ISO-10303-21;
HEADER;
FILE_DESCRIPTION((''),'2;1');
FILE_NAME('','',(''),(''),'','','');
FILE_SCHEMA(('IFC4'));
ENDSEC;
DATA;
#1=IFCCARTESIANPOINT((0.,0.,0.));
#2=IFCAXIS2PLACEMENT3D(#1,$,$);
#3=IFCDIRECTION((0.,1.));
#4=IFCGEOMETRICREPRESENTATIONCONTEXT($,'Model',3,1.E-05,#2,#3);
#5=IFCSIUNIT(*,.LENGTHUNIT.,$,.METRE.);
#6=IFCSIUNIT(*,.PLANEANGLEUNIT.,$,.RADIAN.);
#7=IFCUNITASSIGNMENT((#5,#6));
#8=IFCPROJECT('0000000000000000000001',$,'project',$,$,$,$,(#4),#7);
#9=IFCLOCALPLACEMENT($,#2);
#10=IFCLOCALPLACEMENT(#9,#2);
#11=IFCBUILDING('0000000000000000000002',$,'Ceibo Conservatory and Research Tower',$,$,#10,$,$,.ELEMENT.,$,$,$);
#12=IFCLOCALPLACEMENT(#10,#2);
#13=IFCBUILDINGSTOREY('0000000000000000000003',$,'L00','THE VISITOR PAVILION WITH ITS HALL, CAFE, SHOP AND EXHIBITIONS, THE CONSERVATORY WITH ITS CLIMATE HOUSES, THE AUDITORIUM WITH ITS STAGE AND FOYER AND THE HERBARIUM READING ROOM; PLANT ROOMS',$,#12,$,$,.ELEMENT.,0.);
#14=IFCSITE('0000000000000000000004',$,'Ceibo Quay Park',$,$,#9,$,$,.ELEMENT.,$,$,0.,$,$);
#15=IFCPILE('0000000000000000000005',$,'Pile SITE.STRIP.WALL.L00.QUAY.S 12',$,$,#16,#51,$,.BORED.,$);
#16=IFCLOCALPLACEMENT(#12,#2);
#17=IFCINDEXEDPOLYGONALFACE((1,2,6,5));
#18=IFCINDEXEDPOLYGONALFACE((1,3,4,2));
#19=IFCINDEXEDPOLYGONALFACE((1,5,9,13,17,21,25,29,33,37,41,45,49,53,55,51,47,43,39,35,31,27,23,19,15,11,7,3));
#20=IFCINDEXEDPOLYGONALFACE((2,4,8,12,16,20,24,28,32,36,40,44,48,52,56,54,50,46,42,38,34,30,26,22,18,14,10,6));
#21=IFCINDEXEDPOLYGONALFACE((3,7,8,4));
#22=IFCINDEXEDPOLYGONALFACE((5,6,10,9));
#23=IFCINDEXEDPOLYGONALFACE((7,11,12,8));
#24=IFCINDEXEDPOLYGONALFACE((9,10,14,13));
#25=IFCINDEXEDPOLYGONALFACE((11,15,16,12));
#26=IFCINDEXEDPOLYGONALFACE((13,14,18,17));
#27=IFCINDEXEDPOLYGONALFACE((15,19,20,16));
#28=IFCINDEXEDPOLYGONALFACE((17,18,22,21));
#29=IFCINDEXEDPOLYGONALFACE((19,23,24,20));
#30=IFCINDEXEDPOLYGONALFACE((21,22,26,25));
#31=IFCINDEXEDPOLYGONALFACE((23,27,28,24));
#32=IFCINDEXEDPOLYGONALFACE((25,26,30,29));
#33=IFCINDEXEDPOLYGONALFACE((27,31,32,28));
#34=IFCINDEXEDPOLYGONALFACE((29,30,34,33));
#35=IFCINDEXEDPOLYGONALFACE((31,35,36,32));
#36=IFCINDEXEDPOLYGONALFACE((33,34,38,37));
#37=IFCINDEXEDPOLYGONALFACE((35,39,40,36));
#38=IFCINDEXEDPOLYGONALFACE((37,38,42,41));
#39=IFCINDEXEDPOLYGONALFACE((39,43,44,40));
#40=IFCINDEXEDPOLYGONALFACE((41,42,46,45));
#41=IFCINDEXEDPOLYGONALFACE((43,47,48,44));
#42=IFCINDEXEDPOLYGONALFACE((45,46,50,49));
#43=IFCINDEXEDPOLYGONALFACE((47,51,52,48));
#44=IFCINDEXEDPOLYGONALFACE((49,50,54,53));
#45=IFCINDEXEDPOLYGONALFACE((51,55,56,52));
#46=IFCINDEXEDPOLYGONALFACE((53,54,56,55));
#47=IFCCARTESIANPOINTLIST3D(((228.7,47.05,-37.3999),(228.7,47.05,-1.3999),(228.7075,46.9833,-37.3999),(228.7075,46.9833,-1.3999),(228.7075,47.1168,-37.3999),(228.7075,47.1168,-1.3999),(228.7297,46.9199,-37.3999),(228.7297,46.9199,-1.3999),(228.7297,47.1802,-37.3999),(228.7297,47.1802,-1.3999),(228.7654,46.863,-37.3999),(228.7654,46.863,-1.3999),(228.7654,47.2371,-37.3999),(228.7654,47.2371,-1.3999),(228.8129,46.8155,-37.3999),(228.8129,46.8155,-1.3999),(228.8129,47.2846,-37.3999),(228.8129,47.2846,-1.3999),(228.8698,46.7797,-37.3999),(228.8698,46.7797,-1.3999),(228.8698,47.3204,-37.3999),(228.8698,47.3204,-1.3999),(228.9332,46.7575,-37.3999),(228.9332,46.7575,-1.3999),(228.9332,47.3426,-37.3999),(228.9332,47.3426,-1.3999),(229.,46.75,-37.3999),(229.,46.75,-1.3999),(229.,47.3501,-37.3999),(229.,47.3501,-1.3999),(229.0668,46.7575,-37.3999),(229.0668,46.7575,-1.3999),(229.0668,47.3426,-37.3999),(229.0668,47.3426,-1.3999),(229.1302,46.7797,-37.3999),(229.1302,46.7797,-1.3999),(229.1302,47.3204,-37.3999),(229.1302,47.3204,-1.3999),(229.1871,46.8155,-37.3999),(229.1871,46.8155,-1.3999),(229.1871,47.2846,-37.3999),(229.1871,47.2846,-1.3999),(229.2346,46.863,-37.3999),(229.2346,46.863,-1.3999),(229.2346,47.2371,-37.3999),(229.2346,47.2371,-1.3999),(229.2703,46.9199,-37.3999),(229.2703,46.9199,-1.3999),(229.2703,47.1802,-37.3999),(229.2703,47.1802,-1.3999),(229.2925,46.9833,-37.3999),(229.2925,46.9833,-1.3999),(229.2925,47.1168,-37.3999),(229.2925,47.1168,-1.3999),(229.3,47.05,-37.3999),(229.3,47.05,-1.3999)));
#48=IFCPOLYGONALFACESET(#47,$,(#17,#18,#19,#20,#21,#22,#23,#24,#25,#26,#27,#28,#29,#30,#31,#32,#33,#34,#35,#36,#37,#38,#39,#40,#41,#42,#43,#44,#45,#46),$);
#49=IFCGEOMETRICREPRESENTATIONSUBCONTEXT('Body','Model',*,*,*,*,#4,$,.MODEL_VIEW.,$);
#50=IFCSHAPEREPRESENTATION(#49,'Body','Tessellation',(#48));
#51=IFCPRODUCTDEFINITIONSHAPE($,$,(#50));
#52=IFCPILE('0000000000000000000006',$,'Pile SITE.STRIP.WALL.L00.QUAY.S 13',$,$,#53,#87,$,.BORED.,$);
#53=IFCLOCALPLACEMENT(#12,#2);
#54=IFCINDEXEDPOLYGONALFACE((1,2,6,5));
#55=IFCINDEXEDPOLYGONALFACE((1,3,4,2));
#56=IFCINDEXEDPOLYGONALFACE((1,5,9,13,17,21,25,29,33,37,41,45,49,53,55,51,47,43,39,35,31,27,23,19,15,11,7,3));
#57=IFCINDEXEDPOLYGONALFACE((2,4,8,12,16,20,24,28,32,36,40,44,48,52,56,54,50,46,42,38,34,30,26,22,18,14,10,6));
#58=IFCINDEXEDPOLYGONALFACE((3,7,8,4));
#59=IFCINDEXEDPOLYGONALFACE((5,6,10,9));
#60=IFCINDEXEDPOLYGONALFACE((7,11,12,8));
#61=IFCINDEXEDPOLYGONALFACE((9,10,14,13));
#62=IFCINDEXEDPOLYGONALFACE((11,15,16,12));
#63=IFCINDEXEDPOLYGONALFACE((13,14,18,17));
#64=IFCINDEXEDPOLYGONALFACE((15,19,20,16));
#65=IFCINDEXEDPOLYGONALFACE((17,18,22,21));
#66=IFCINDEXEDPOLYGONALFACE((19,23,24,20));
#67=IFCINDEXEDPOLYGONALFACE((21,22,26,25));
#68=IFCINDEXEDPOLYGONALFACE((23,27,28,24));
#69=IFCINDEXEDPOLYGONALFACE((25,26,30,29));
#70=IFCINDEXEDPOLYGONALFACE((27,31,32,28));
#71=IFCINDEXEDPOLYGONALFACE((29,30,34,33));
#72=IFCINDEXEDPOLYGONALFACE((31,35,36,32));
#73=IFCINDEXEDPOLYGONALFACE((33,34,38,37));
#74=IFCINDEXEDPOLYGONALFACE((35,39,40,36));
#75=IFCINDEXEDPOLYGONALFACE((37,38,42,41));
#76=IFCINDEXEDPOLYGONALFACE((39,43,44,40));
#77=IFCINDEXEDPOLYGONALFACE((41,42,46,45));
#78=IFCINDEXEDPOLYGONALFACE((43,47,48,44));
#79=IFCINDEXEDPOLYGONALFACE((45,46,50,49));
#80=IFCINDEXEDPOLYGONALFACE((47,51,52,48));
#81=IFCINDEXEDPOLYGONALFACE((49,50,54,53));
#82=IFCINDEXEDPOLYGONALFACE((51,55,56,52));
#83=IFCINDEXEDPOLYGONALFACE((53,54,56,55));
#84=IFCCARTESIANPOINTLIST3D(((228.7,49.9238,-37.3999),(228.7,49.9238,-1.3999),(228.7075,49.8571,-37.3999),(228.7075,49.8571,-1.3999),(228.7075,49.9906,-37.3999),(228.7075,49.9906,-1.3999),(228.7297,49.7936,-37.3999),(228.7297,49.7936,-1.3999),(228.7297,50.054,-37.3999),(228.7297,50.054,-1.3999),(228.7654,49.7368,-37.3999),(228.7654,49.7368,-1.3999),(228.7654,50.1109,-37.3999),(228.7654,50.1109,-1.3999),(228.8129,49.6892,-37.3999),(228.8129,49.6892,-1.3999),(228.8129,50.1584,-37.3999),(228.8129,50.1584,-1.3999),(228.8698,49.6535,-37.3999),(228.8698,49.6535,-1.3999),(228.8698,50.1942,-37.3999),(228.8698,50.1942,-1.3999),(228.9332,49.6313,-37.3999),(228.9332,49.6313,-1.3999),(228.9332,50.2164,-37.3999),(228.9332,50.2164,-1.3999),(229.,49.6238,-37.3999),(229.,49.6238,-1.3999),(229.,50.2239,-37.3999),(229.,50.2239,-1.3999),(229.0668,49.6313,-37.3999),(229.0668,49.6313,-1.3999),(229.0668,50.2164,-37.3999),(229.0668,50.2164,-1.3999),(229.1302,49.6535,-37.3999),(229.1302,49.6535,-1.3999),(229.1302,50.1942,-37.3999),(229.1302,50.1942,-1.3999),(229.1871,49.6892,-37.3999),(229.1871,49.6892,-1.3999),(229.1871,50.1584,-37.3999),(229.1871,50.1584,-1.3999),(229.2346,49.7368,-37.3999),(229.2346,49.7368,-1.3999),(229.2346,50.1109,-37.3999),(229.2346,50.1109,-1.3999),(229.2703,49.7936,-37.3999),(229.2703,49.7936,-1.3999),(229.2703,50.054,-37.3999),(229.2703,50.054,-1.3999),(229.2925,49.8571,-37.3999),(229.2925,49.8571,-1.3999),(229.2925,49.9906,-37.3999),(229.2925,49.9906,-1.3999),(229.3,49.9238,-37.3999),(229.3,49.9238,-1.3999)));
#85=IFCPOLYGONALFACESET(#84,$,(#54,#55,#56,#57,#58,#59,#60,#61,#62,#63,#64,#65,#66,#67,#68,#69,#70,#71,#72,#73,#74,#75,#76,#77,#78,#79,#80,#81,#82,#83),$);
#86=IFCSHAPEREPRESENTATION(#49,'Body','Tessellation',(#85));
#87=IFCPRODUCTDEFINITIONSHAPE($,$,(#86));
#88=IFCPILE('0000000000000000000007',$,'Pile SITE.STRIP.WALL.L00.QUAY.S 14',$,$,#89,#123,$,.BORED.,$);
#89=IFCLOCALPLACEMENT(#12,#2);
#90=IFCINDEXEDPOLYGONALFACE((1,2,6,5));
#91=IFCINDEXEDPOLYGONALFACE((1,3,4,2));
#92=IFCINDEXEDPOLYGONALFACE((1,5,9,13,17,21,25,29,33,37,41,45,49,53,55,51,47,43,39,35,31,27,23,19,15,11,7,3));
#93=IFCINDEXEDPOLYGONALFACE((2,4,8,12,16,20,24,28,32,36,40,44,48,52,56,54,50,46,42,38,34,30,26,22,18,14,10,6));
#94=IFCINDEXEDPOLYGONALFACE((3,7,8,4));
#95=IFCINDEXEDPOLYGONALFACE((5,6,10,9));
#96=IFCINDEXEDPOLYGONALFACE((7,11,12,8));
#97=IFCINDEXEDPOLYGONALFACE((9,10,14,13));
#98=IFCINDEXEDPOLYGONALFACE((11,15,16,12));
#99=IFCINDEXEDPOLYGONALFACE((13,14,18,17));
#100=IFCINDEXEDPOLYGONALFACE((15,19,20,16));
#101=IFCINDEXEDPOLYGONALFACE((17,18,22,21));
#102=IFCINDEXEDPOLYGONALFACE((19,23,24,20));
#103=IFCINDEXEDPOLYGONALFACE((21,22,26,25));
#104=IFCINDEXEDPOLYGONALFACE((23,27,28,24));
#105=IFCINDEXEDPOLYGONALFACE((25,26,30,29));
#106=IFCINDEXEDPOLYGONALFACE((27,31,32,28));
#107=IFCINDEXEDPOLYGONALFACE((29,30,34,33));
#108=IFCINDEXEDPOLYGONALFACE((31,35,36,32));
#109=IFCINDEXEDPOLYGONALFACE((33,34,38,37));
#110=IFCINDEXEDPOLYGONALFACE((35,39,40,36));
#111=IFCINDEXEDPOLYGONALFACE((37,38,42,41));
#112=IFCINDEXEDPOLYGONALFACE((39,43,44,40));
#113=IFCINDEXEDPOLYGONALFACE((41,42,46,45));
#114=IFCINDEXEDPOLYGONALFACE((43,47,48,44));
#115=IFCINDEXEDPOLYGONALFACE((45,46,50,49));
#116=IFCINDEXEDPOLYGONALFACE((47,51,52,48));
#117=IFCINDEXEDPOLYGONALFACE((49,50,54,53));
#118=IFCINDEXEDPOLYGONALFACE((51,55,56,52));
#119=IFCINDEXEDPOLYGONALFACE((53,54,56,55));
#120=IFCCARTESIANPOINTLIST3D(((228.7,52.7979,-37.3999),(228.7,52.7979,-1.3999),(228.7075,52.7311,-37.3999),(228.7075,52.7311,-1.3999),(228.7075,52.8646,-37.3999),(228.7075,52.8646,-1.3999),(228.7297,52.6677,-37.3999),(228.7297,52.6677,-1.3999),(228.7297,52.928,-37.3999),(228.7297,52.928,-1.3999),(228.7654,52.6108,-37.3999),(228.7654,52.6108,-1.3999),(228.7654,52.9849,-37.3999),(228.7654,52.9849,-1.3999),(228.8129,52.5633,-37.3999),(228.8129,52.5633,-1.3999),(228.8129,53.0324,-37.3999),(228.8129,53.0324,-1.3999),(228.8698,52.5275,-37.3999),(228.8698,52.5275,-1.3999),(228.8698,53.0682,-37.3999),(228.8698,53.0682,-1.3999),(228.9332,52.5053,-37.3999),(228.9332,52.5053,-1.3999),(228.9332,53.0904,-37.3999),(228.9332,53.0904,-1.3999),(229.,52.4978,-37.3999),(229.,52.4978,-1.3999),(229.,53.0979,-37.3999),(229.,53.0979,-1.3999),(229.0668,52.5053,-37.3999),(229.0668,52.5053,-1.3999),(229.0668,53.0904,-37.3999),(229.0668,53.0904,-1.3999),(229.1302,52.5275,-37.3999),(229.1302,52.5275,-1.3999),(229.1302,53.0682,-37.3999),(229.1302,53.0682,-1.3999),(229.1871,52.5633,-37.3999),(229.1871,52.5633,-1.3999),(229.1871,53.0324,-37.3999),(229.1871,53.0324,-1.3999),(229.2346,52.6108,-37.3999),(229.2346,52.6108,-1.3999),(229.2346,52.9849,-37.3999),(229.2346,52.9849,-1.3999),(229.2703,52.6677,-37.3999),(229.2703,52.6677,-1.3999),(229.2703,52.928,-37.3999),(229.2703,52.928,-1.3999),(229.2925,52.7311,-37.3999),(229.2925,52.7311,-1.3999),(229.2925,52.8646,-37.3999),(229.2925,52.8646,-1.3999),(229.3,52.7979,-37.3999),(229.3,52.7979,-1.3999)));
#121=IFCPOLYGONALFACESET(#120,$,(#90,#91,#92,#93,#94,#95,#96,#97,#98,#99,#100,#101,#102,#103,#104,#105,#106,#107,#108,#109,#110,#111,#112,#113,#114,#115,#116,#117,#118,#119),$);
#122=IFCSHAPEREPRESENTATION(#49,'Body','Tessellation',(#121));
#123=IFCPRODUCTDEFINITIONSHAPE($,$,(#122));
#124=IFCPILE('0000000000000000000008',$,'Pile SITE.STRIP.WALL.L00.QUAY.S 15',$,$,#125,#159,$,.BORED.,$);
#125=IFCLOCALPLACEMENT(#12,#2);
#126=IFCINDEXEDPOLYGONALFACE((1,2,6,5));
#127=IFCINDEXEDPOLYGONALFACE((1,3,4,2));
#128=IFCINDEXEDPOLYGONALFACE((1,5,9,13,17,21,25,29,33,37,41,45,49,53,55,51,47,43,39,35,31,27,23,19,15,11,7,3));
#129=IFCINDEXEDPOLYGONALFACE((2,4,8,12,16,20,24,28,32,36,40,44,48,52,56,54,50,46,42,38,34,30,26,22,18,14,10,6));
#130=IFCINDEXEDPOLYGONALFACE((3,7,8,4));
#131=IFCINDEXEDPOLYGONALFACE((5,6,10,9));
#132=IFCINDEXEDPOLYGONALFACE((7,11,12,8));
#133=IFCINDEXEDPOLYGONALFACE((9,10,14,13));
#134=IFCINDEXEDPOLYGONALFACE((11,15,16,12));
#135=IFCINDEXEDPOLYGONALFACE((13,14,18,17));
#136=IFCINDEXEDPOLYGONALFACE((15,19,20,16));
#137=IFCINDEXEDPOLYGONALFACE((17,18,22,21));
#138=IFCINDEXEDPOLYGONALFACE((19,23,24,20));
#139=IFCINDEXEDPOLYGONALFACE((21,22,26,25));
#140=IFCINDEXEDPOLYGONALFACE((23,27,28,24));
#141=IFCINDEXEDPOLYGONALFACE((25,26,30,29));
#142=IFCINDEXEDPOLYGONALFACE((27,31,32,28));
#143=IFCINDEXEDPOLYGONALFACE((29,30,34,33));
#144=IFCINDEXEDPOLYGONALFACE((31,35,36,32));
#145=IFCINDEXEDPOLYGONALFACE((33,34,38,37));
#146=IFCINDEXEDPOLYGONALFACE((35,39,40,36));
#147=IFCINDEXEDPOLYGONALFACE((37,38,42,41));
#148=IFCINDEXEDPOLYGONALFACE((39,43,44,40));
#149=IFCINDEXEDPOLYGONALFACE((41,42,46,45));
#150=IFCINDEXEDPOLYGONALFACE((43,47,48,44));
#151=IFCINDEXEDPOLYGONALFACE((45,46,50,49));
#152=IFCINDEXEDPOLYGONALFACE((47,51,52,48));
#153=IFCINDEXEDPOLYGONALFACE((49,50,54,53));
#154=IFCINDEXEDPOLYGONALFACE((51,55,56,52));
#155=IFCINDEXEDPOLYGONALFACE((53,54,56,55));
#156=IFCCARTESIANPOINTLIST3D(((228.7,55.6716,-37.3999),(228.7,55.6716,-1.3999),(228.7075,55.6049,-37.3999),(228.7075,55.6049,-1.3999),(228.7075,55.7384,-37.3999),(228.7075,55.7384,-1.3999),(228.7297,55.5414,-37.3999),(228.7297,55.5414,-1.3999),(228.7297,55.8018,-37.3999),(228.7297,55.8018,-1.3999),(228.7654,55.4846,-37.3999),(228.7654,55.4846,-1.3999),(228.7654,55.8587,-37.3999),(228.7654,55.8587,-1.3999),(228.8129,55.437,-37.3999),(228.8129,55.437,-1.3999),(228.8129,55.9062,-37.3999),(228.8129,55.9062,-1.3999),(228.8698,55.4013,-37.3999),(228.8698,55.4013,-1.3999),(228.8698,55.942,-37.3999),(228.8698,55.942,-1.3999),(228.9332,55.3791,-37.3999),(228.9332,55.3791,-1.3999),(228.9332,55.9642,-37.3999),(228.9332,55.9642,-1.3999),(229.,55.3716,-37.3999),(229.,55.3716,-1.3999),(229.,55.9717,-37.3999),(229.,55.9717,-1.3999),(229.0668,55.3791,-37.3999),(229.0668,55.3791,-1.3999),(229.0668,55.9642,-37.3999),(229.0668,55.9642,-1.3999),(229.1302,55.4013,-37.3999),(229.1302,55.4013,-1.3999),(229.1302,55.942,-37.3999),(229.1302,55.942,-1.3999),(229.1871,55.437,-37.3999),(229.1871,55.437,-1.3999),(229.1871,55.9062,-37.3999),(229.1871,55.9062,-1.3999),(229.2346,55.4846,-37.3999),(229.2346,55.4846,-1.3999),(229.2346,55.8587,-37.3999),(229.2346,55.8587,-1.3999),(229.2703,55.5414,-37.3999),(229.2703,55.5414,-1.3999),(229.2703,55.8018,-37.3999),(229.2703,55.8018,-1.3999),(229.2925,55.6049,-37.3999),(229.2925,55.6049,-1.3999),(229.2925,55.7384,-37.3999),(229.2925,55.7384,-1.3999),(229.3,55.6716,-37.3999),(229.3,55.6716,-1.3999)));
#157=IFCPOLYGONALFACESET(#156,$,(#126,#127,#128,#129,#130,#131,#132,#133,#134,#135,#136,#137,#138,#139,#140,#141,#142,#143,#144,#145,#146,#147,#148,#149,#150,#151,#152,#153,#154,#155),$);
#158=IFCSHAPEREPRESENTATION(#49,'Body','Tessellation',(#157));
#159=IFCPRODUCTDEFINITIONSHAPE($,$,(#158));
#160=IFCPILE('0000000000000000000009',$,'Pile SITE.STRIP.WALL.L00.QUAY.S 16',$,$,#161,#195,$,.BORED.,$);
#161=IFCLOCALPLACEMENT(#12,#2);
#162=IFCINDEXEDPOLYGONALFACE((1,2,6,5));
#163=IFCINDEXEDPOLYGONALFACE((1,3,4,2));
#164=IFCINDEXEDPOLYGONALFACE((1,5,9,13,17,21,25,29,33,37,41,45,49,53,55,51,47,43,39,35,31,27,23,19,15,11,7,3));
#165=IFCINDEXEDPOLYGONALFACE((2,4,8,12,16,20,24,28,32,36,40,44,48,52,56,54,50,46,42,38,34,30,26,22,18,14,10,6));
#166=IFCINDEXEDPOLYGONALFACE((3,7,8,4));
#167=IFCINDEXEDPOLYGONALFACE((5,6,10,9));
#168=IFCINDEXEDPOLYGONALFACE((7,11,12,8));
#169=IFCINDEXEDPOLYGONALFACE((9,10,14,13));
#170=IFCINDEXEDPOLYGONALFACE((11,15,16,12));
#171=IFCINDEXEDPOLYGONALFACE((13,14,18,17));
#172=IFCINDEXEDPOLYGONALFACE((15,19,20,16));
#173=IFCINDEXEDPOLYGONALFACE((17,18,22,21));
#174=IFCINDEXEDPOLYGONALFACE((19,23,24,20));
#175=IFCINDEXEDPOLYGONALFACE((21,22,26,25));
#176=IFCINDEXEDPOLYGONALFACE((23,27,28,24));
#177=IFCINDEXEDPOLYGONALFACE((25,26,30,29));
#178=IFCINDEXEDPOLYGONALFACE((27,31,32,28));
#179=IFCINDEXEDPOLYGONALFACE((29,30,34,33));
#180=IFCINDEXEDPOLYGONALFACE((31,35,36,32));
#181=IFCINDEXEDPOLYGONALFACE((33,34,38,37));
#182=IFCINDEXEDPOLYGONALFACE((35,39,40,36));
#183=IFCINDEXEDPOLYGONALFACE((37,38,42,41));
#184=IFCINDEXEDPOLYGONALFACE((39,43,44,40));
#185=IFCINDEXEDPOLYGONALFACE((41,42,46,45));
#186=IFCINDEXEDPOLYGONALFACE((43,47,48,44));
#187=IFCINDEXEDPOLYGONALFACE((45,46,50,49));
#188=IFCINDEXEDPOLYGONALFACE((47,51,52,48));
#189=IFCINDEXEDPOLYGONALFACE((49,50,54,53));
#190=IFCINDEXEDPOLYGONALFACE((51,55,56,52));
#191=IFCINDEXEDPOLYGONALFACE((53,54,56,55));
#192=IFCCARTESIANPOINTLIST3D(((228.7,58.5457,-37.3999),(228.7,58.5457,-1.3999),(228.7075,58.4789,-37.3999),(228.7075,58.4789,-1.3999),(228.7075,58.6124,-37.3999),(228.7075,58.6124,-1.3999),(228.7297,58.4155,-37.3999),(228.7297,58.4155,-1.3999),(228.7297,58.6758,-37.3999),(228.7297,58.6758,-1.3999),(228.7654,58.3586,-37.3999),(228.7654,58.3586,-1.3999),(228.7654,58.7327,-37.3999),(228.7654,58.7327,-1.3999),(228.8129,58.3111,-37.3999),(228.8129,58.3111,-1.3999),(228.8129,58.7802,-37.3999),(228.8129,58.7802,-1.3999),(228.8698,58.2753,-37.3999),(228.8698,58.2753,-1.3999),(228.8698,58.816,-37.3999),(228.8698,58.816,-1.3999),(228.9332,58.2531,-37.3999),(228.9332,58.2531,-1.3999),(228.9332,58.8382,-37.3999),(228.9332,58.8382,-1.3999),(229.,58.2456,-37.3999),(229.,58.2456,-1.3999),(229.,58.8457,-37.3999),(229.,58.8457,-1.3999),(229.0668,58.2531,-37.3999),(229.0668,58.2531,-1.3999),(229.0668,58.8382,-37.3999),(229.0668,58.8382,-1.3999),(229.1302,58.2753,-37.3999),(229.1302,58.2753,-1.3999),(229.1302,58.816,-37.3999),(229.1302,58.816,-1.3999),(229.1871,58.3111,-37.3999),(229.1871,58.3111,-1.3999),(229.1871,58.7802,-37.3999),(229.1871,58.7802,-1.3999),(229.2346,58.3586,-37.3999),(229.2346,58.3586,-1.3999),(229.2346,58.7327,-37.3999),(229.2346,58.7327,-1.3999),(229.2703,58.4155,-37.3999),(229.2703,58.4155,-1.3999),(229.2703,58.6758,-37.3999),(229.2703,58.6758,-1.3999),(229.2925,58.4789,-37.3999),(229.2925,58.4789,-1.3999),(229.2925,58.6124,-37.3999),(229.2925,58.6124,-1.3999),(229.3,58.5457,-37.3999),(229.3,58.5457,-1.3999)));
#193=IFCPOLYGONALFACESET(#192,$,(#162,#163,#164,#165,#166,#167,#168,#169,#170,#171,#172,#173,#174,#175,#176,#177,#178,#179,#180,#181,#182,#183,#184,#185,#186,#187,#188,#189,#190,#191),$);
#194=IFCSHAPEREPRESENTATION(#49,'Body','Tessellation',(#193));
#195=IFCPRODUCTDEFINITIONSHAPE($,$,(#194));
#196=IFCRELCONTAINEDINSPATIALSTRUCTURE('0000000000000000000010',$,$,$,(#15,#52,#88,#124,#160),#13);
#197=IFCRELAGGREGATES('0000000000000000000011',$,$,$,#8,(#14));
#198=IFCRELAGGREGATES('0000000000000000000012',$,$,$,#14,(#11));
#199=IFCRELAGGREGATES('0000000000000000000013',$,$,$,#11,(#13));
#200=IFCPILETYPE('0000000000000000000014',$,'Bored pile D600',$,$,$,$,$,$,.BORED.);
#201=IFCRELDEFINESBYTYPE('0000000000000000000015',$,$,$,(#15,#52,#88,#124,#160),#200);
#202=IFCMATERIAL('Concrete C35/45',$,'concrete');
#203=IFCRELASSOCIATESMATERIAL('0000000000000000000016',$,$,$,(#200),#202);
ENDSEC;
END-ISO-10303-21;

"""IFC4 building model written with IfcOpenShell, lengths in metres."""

from ifc_helpers import new_model, si_unit, direction, frame, origin, origin_2d, place, context, subcontext, project, spatial, circle, extrude, material, material_profile, profile_set, type_object, element, save


model = new_model("IFC4")

# Units and contexts
model_context = context("Model", 3, precision=1e-05, world=origin(), true_north=direction((0.0, 1.0)))
body_context = subcontext(model_context, "Body", "Model", "MODEL_VIEW")
ifc_project = project(units=[si_unit("LENGTHUNIT", "METRE"), si_unit("PLANEANGLEUNIT", "RADIAN")], contexts=[model_context])

# Site, building, storey
site_placement = place(None, origin())
site = spatial("IfcSite", under=ifc_project, at=site_placement, Name="Ceibo Quay Park", CompositionType="ELEMENT", RefElevation=0.0)
building_placement = place(site_placement, origin())
building = spatial("IfcBuilding", under=site, at=building_placement, Name="Ceibo Conservatory and Research Tower", CompositionType="ELEMENT")
storey_placement = place(building_placement, origin())
storey = spatial("IfcBuildingStorey", under=building, at=storey_placement, Name="L00", Description="THE VISITOR PAVILION WITH ITS HALL, CAFE, SHOP AND EXHIBITIONS, THE CONSERVATORY WITH ITS CLIMATE HOUSES, THE AUDITORIUM WITH ITS STAGE AND FOYER AND THE HERBARIUM READING ROOM; PLANT ROOMS", CompositionType="ELEMENT", Elevation=0.0)

# Piles
ifc_material_1 = material(Name="Concrete C35/45", Category="concrete")
ifc_material_profile = material_profile(ifc_material_1, circle(Radius=0.3, at=origin_2d()), Name="RC D600")
ifc_profile_set = profile_set([ifc_material_profile], Name="Concrete C35/45")
pile_type = type_object("IfcPileType", Name="Bored pile D600", PredefinedType="BORED", material=ifc_profile_set)
for number, where, z_axis, x_axis, name in (
    (1, (229.0, 47.05, -1.3999), (0.0, 0.0, -1.0), (1.0, 0.0, 0.0), "Pile SITE.STRIP.WALL.L00.QUAY.S 12"),
    (2, (229.0, 49.9238, -1.3999), (0.0, 0.0, -1.0), (1.0, 0.0, 0.0), "Pile SITE.STRIP.WALL.L00.QUAY.S 13"),
    (3, (229.0, 52.7979, -1.3999), (0.0, 0.0, -1.0), (1.0, 0.0, 0.0), "Pile SITE.STRIP.WALL.L00.QUAY.S 14"),
    (4, (229.0, 55.6716, -1.3999), (0.0, 0.0, -1.0), (1.0, 0.0, 0.0), "Pile SITE.STRIP.WALL.L00.QUAY.S 15"),
    (5, (229.0, 58.5457, -1.3999), (0.0, 0.0, -1.0), (1.0, 0.0, 0.0), "Pile SITE.STRIP.WALL.L00.QUAY.S 16"),
):
    element("IfcPile", number, at=place(storey_placement, frame(where, z_axis=z_axis, x_axis=x_axis)), inside=storey, type_object=pile_type, Name=name, PredefinedType="BORED", context=body_context, shape_type="SweptSolid", body=[
        extrude(circle(Radius=0.3, at=origin_2d()), origin(), (0.0, 0.0, 1.0), 36.0),
    ])

save(model, "model.ifc")
